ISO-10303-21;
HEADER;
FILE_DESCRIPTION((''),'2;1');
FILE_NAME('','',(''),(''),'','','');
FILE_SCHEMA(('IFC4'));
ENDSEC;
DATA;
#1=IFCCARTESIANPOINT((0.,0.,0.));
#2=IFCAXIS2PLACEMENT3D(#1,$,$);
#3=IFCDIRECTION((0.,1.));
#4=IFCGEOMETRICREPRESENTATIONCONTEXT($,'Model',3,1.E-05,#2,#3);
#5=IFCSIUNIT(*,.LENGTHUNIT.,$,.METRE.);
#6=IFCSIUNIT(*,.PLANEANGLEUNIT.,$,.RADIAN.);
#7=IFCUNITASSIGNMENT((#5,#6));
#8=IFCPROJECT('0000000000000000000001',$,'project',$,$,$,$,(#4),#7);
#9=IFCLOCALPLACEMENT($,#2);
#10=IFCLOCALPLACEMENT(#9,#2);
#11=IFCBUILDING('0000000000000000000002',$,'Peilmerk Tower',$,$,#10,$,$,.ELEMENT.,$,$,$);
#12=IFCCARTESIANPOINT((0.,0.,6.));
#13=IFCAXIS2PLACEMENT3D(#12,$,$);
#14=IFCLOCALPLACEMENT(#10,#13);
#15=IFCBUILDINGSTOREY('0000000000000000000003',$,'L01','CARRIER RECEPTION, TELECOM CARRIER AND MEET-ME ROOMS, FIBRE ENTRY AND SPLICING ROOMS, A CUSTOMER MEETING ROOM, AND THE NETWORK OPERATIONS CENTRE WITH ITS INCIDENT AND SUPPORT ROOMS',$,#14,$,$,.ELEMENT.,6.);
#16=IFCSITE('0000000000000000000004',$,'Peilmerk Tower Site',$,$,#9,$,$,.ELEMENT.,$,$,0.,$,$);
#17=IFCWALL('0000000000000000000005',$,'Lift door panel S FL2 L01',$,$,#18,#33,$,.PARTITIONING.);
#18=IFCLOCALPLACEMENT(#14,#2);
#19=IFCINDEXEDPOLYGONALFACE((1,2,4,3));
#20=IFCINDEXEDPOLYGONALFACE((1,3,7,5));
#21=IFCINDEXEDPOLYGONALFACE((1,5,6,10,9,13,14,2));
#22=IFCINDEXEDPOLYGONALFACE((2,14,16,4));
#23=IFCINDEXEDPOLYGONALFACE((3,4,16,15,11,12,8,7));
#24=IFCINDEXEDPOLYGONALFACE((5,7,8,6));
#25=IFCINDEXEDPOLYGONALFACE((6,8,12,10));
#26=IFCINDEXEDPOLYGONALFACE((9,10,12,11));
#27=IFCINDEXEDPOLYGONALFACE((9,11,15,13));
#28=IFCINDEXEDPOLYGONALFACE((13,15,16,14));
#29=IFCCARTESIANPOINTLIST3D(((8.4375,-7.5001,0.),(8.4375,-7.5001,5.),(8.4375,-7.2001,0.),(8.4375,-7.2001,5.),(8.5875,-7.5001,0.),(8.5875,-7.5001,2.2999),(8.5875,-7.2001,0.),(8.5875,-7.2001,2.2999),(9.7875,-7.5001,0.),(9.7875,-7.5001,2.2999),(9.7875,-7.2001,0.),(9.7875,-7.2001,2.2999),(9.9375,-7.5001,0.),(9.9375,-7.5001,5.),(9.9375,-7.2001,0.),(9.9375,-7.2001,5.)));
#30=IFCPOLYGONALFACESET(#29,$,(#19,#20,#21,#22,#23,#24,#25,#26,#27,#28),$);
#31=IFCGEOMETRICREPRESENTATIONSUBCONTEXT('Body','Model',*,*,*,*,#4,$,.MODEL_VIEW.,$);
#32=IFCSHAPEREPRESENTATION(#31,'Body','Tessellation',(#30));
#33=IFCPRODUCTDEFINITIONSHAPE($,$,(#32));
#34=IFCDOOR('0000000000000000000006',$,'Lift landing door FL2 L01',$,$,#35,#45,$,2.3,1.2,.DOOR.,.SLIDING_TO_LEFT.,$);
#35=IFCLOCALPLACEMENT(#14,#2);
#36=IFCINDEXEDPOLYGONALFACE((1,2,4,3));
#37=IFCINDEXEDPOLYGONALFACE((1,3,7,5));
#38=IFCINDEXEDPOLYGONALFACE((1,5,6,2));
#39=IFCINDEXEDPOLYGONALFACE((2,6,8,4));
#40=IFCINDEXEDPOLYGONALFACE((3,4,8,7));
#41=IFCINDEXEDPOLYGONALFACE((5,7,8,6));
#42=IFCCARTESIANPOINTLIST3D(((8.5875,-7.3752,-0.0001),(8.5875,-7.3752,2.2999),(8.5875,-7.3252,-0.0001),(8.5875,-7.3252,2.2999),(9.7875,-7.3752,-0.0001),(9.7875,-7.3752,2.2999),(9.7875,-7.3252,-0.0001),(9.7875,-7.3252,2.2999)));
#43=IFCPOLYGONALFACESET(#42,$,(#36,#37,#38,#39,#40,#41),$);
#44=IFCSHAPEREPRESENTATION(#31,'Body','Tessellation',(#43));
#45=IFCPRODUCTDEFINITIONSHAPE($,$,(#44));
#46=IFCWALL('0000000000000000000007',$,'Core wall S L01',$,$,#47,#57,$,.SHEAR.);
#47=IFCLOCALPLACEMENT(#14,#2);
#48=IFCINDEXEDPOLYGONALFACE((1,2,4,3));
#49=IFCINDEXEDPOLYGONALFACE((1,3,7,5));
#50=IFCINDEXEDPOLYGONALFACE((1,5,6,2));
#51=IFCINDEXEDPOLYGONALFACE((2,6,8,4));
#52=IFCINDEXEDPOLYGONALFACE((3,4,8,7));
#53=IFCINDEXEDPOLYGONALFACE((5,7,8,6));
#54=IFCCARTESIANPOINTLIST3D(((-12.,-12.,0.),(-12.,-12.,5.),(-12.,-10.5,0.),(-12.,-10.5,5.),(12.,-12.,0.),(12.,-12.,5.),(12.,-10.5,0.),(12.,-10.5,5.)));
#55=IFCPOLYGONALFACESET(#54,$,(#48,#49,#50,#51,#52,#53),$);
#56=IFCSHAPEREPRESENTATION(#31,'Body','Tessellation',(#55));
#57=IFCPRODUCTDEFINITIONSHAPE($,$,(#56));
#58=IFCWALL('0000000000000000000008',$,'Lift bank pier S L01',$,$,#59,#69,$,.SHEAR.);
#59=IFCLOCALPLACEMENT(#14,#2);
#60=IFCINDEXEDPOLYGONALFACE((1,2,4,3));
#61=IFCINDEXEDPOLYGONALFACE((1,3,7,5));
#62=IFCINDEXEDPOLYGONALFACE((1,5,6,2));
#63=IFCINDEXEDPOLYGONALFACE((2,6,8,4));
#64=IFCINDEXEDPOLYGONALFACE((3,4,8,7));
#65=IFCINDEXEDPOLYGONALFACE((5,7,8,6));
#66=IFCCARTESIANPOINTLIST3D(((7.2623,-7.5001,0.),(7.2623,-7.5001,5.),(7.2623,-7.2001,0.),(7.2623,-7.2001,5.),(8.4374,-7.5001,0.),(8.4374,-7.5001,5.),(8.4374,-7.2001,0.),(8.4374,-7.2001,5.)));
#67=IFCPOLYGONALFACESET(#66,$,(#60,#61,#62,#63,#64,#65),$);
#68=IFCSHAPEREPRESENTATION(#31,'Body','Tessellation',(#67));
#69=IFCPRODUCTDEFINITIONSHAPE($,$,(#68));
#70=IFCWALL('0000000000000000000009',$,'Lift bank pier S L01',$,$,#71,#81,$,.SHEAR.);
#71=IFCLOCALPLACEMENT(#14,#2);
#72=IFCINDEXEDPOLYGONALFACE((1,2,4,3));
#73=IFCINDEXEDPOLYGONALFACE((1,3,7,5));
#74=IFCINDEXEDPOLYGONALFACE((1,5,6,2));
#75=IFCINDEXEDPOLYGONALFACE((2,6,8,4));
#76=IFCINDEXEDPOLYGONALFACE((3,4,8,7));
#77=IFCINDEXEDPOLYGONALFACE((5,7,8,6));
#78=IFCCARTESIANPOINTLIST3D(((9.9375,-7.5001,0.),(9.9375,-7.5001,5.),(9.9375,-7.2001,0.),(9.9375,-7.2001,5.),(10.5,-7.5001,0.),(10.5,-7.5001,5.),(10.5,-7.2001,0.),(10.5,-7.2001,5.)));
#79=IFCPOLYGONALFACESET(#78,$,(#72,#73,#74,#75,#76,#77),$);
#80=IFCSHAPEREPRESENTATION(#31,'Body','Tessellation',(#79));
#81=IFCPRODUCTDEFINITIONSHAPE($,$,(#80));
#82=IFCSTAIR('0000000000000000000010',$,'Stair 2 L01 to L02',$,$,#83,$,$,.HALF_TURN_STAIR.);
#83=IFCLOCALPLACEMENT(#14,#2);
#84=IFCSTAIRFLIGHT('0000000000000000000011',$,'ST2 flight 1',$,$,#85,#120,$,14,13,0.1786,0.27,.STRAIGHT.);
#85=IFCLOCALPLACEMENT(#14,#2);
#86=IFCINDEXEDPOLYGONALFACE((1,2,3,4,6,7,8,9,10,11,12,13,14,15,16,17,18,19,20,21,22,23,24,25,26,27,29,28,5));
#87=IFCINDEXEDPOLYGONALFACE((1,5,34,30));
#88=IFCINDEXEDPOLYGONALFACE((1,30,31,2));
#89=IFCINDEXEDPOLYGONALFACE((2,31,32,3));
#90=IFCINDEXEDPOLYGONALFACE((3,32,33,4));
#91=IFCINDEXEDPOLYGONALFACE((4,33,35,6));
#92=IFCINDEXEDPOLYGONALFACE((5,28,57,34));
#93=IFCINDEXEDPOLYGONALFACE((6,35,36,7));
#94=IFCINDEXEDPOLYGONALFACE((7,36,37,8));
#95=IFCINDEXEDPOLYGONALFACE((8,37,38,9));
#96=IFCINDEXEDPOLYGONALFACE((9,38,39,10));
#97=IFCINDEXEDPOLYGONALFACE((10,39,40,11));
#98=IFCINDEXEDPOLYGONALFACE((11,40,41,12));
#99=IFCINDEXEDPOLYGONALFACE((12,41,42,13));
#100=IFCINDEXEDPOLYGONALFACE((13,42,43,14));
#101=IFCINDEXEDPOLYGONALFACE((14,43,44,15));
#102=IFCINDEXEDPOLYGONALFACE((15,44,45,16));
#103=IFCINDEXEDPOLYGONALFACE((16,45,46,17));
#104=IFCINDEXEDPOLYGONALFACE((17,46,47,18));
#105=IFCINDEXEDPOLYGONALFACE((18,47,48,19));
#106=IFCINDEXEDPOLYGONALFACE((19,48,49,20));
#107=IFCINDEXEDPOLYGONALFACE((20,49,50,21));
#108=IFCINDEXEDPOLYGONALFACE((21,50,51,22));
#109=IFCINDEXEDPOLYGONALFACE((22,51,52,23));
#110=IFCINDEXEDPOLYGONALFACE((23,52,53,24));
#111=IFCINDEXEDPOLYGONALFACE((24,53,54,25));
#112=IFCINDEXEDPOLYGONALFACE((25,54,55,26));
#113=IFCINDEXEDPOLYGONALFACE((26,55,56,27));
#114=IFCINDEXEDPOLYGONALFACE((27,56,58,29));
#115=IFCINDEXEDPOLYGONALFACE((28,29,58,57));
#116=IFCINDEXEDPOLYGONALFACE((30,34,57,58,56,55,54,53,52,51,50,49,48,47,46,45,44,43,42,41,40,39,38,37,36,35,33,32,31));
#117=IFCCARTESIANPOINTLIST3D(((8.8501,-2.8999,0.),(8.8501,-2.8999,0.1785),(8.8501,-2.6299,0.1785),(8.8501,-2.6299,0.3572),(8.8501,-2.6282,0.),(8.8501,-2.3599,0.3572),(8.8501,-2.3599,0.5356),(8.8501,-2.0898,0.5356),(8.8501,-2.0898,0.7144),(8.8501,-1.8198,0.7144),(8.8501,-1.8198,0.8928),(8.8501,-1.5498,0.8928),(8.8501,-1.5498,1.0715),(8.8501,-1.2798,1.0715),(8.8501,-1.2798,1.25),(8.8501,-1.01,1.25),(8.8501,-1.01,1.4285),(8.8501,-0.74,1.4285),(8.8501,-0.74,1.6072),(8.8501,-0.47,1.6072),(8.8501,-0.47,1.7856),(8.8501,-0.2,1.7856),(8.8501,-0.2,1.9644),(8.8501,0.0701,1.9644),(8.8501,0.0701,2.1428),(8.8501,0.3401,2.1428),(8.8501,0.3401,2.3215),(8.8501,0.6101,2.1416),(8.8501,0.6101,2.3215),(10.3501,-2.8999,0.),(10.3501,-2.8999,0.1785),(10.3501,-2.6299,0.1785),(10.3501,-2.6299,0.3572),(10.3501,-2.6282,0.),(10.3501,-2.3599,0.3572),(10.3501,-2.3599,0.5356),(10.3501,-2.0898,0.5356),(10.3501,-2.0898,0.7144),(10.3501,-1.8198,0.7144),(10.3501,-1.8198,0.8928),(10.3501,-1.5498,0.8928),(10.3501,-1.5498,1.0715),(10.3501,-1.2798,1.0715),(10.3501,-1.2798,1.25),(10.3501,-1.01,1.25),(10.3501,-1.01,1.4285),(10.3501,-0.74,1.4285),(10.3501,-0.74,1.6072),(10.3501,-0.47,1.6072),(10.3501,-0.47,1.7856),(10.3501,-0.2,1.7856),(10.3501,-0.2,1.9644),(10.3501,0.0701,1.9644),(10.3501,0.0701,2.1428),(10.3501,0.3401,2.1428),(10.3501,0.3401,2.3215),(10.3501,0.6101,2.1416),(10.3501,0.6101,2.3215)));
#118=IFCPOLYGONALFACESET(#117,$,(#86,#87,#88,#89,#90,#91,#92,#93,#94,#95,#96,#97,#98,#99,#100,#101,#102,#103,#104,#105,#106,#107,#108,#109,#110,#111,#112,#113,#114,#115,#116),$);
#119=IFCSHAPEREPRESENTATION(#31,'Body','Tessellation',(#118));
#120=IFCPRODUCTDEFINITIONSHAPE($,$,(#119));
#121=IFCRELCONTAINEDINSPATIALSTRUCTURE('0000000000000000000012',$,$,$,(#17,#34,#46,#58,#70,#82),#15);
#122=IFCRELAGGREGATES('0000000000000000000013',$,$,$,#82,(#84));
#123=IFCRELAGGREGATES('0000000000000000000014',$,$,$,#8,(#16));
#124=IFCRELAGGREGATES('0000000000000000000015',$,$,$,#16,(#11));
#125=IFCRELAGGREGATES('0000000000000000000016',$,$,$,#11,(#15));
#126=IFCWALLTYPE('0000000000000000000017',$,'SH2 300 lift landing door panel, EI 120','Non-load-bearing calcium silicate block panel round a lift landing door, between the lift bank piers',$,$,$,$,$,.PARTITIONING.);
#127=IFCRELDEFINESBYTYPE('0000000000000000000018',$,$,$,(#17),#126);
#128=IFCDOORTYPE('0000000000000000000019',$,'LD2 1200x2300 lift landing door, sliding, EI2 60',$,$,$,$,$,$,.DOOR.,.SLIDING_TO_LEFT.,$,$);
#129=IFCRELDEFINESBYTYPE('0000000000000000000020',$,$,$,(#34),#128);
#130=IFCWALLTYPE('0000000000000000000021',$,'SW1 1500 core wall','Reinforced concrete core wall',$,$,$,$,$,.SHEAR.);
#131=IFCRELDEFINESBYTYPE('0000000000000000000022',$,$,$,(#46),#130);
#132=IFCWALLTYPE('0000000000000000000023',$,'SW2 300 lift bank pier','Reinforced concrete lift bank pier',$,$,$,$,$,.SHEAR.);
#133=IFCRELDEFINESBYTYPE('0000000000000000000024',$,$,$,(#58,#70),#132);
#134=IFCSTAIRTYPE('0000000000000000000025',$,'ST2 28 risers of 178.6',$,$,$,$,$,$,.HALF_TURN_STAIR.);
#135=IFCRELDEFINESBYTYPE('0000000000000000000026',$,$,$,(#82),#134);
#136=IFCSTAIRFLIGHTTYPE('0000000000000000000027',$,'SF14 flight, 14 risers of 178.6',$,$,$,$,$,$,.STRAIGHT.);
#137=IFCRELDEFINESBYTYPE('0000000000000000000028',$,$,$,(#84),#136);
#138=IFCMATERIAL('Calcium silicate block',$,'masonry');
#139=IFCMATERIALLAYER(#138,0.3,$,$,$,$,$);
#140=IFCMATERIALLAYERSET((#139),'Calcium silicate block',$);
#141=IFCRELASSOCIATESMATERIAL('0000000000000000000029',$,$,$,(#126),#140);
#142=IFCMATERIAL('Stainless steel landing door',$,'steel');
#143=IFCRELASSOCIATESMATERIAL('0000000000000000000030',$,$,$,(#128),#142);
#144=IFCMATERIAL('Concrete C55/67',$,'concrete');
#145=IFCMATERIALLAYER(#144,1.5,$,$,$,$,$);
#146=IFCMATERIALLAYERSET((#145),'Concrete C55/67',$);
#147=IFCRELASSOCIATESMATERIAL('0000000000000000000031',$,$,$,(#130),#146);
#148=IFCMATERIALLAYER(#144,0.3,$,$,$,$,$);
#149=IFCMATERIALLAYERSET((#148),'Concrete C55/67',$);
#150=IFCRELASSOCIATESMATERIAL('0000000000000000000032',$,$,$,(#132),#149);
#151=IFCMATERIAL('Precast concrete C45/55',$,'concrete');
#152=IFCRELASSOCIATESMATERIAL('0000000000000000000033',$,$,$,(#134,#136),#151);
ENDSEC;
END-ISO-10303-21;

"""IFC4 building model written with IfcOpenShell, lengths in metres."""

from ifc_helpers import new_model, si_unit, direction, frame, frame_2d, origin, place, context, subcontext, project, spatial, polyline, rectangle, outline, extrude, material, layer, layer_set, type_object, element, fill, aggregate, save


model = new_model("IFC4")

# Units and contexts
model_context = context("Model", 3, precision=1e-05, world=origin(), true_north=direction((0.0, 1.0)))
body_context = subcontext(model_context, "Body", "Model", "MODEL_VIEW")
ifc_project = project(units=[si_unit("LENGTHUNIT", "METRE"), si_unit("PLANEANGLEUNIT", "RADIAN")], contexts=[model_context])

# Site, building, storey
site_placement = place(None, origin())
site = spatial("IfcSite", under=ifc_project, at=site_placement, Name="Peilmerk Tower Site", CompositionType="ELEMENT", RefElevation=0.0)
building_placement = place(site_placement, origin())
building = spatial("IfcBuilding", under=site, at=building_placement, Name="Peilmerk Tower", CompositionType="ELEMENT")
storey_placement = place(building_placement, frame((0.0, 0.0, 6.0)))
storey = spatial("IfcBuildingStorey", under=building, at=storey_placement, Name="L01", Description="CARRIER RECEPTION, TELECOM CARRIER AND MEET-ME ROOMS, FIBRE ENTRY AND SPLICING ROOMS, A CUSTOMER MEETING ROOM, AND THE NETWORK OPERATIONS CENTRE WITH ITS INCIDENT AND SUPPORT ROOMS", CompositionType="ELEMENT", Elevation=6.0)

# Shared definitions
ifc_material_1 = material(Name="Calcium silicate block", Category="masonry")

# Wall, opening, door
ifc_layer_1 = layer(ifc_material_1, 0.3)
ifc_layer_set_1 = layer_set([ifc_layer_1], Name="Calcium silicate block")
wall_type_1 = type_object("IfcWallType", Name="SH2 300 lift landing door panel, EI 120", Description="Non-load-bearing calcium silicate block panel round a lift landing door, between the lift bank piers", PredefinedType="PARTITIONING", material=ifc_layer_set_1)
wall_1_placement = place(storey_placement, frame((8.4375, -7.3501, 0.0), z_axis=(0.0, 0.0, 1.0), x_axis=(1.0, 0.0, 0.0)))
wall_1 = element("IfcWall", 1, at=wall_1_placement, inside=storey, type_object=wall_type_1, Name="Lift door panel S FL2 L01", PredefinedType="PARTITIONING", context=body_context, shape_type="SweptSolid", body=[
    extrude(rectangle(XDim=1.5, YDim=0.3, at=frame_2d((0.75, 0.0))), origin(), (0.0, 0.0, 1.0), 5.0),
])
opening_1_placement = place(wall_1_placement, frame((0.1499, 0.0, 0.0)))
opening_1 = element("IfcOpeningElement", 2, at=opening_1_placement, cuts=wall_1, PredefinedType="OPENING", context=body_context, shape_type="SweptSolid", body=[
    extrude(rectangle(XDim=1.2, YDim=2.3, at=frame_2d((0.6001, 1.1499))), frame((0.0, 0.1599, 0.0), z_axis=(0.0, -1.0, 0.0), x_axis=(1.0, 0.0, 0.0)), (0.0, 0.0, 1.0), 0.3201),
])
ifc_material_2 = material(Name="Stainless steel landing door", Category="steel")
door_type_1 = type_object("IfcDoorType", Name="LD2 1200x2300 lift landing door, sliding, EI2 60", OperationType="SLIDING_TO_LEFT", PredefinedType="DOOR", material=ifc_material_2)
door_1_placement = place(opening_1_placement, origin())
door_1 = element("IfcDoor", 3, at=door_1_placement, inside=storey, type_object=door_type_1, Name="Lift landing door FL2 L01", OperationType="SLIDING_TO_LEFT", OverallHeight=2.3, OverallWidth=1.2, PredefinedType="DOOR", context=body_context, shape_type="SweptSolid", body=[
    extrude(rectangle(XDim=1.2, YDim=2.3, at=frame_2d((0.6001, 1.1499))), frame((0.0, 0.0249, 0.0), z_axis=(0.0, -1.0, 0.0), x_axis=(1.0, 0.0, 0.0)), (0.0, 0.0, 1.0), 0.05),
])
fill(opening_1, door_1)

# Walls
ifc_material_3 = material(Name="Concrete C55/67", Category="concrete")
ifc_layer_2 = layer(ifc_material_3, 1.5)
ifc_layer_set_2 = layer_set([ifc_layer_2], Name="Concrete C55/67")
wall_type_2 = type_object("IfcWallType", Name="SW1 1500 core wall", Description="Reinforced concrete core wall", PredefinedType="SHEAR", material=ifc_layer_set_2)
wall_2_placement = place(storey_placement, frame((12.0, -11.25, 0.0), z_axis=(0.0, 0.0, 1.0), x_axis=(-1.0, 0.0, 0.0)))
element("IfcWall", 4, at=wall_2_placement, inside=storey, type_object=wall_type_2, Name="Core wall S L01", PredefinedType="SHEAR", context=body_context, shape_type="SweptSolid", body=[
    extrude(rectangle(XDim=24.0, YDim=1.5, at=frame_2d((12.0, 0.0))), origin(), (0.0, 0.0, 1.0), 5.0),
])
ifc_layer_3 = layer(ifc_material_3, 0.3)
ifc_layer_set_3 = layer_set([ifc_layer_3], Name="Concrete C55/67")
wall_type_3 = type_object("IfcWallType", Name="SW2 300 lift bank pier", Description="Reinforced concrete lift bank pier", PredefinedType="SHEAR", material=ifc_layer_set_3)
wall_3_placement = place(storey_placement, frame((7.2625, -7.3501, 0.0), z_axis=(0.0, 0.0, 1.0), x_axis=(1.0, 0.0, 0.0)))
element("IfcWall", 5, at=wall_3_placement, inside=storey, type_object=wall_type_3, Name="Lift bank pier S L01", PredefinedType="SHEAR", context=body_context, shape_type="SweptSolid", body=[
    extrude(rectangle(XDim=1.175, YDim=0.3, at=frame_2d((0.5874, 0.0))), origin(), (0.0, 0.0, 1.0), 5.0),
])
wall_4_placement = place(storey_placement, frame((9.9375, -7.3501, 0.0), z_axis=(0.0, 0.0, 1.0), x_axis=(1.0, 0.0, 0.0)))
element("IfcWall", 6, at=wall_4_placement, inside=storey, type_object=wall_type_3, Name="Lift bank pier S L01", PredefinedType="SHEAR", context=body_context, shape_type="SweptSolid", body=[
    extrude(rectangle(XDim=0.5625, YDim=0.3, at=frame_2d((0.2812, 0.0))), origin(), (0.0, 0.0, 1.0), 5.0),
])

# Stair, stair flight
ifc_material_4 = material(Name="Precast concrete C45/55", Category="concrete")
stair_type = type_object("IfcStairType", Name="ST2 28 risers of 178.6", PredefinedType="HALF_TURN_STAIR", material=ifc_material_4)
stair_placement = place(storey_placement, origin())
stair = element("IfcStair", 7, at=stair_placement, inside=storey, type_object=stair_type, Name="Stair 2 L01 to L02", PredefinedType="HALF_TURN_STAIR")
stair_flight_type = type_object("IfcStairFlightType", Name="SF14 flight, 14 risers of 178.6", PredefinedType="STRAIGHT", material=ifc_material_4)
stair_flight_placement = place(storey_placement, frame((9.6001, -2.8999, 0.0), z_axis=(0.0, 0.0, 1.0), x_axis=(0.0, 1.0, 0.0)))
stair_flight = element("IfcStairFlight", 8, at=stair_flight_placement, type_object=stair_flight_type, Name="ST2 flight 1", NumberOfRisers=14, NumberOfTreads=13, PredefinedType="STRAIGHT", RiserHeight=0.1786, TreadLength=0.27, context=body_context, shape_type="SweptSolid", body=[
    extrude(outline(polyline([(0.0, 0.0), (0.0, 0.1785), (0.27, 0.1785), (0.27, 0.3572), (0.54, 0.3572), (0.54, 0.5356), (0.8101, 0.5356), (0.8101, 0.7144), (1.0801, 0.7144), (1.0801, 0.8928), (1.3501, 0.8928), (1.3501, 1.0715), (1.6201, 1.0715), (1.6201, 1.25), (1.8899, 1.25), (1.8899, 1.4285), (2.1599, 1.4285), (2.1599, 1.6072), (2.4299, 1.6072), (2.4299, 1.7856), (2.7, 1.7856), (2.7, 1.9644), (2.97, 1.9644), (2.97, 2.1428), (3.24, 2.1428), (3.24, 2.3215), (3.51, 2.3215), (3.51, 2.5), (3.51, 2.1416), (0.2717, 0.0), (0.0, 0.0)])), frame((0.0, 0.75, 0.0), z_axis=(0.0, -1.0, 0.0), x_axis=(1.0, 0.0, 0.0)), (0.0, 0.0, 1.0), 1.5),
])
aggregate(stair, [stair_flight])

save(model, "model.ifc")
